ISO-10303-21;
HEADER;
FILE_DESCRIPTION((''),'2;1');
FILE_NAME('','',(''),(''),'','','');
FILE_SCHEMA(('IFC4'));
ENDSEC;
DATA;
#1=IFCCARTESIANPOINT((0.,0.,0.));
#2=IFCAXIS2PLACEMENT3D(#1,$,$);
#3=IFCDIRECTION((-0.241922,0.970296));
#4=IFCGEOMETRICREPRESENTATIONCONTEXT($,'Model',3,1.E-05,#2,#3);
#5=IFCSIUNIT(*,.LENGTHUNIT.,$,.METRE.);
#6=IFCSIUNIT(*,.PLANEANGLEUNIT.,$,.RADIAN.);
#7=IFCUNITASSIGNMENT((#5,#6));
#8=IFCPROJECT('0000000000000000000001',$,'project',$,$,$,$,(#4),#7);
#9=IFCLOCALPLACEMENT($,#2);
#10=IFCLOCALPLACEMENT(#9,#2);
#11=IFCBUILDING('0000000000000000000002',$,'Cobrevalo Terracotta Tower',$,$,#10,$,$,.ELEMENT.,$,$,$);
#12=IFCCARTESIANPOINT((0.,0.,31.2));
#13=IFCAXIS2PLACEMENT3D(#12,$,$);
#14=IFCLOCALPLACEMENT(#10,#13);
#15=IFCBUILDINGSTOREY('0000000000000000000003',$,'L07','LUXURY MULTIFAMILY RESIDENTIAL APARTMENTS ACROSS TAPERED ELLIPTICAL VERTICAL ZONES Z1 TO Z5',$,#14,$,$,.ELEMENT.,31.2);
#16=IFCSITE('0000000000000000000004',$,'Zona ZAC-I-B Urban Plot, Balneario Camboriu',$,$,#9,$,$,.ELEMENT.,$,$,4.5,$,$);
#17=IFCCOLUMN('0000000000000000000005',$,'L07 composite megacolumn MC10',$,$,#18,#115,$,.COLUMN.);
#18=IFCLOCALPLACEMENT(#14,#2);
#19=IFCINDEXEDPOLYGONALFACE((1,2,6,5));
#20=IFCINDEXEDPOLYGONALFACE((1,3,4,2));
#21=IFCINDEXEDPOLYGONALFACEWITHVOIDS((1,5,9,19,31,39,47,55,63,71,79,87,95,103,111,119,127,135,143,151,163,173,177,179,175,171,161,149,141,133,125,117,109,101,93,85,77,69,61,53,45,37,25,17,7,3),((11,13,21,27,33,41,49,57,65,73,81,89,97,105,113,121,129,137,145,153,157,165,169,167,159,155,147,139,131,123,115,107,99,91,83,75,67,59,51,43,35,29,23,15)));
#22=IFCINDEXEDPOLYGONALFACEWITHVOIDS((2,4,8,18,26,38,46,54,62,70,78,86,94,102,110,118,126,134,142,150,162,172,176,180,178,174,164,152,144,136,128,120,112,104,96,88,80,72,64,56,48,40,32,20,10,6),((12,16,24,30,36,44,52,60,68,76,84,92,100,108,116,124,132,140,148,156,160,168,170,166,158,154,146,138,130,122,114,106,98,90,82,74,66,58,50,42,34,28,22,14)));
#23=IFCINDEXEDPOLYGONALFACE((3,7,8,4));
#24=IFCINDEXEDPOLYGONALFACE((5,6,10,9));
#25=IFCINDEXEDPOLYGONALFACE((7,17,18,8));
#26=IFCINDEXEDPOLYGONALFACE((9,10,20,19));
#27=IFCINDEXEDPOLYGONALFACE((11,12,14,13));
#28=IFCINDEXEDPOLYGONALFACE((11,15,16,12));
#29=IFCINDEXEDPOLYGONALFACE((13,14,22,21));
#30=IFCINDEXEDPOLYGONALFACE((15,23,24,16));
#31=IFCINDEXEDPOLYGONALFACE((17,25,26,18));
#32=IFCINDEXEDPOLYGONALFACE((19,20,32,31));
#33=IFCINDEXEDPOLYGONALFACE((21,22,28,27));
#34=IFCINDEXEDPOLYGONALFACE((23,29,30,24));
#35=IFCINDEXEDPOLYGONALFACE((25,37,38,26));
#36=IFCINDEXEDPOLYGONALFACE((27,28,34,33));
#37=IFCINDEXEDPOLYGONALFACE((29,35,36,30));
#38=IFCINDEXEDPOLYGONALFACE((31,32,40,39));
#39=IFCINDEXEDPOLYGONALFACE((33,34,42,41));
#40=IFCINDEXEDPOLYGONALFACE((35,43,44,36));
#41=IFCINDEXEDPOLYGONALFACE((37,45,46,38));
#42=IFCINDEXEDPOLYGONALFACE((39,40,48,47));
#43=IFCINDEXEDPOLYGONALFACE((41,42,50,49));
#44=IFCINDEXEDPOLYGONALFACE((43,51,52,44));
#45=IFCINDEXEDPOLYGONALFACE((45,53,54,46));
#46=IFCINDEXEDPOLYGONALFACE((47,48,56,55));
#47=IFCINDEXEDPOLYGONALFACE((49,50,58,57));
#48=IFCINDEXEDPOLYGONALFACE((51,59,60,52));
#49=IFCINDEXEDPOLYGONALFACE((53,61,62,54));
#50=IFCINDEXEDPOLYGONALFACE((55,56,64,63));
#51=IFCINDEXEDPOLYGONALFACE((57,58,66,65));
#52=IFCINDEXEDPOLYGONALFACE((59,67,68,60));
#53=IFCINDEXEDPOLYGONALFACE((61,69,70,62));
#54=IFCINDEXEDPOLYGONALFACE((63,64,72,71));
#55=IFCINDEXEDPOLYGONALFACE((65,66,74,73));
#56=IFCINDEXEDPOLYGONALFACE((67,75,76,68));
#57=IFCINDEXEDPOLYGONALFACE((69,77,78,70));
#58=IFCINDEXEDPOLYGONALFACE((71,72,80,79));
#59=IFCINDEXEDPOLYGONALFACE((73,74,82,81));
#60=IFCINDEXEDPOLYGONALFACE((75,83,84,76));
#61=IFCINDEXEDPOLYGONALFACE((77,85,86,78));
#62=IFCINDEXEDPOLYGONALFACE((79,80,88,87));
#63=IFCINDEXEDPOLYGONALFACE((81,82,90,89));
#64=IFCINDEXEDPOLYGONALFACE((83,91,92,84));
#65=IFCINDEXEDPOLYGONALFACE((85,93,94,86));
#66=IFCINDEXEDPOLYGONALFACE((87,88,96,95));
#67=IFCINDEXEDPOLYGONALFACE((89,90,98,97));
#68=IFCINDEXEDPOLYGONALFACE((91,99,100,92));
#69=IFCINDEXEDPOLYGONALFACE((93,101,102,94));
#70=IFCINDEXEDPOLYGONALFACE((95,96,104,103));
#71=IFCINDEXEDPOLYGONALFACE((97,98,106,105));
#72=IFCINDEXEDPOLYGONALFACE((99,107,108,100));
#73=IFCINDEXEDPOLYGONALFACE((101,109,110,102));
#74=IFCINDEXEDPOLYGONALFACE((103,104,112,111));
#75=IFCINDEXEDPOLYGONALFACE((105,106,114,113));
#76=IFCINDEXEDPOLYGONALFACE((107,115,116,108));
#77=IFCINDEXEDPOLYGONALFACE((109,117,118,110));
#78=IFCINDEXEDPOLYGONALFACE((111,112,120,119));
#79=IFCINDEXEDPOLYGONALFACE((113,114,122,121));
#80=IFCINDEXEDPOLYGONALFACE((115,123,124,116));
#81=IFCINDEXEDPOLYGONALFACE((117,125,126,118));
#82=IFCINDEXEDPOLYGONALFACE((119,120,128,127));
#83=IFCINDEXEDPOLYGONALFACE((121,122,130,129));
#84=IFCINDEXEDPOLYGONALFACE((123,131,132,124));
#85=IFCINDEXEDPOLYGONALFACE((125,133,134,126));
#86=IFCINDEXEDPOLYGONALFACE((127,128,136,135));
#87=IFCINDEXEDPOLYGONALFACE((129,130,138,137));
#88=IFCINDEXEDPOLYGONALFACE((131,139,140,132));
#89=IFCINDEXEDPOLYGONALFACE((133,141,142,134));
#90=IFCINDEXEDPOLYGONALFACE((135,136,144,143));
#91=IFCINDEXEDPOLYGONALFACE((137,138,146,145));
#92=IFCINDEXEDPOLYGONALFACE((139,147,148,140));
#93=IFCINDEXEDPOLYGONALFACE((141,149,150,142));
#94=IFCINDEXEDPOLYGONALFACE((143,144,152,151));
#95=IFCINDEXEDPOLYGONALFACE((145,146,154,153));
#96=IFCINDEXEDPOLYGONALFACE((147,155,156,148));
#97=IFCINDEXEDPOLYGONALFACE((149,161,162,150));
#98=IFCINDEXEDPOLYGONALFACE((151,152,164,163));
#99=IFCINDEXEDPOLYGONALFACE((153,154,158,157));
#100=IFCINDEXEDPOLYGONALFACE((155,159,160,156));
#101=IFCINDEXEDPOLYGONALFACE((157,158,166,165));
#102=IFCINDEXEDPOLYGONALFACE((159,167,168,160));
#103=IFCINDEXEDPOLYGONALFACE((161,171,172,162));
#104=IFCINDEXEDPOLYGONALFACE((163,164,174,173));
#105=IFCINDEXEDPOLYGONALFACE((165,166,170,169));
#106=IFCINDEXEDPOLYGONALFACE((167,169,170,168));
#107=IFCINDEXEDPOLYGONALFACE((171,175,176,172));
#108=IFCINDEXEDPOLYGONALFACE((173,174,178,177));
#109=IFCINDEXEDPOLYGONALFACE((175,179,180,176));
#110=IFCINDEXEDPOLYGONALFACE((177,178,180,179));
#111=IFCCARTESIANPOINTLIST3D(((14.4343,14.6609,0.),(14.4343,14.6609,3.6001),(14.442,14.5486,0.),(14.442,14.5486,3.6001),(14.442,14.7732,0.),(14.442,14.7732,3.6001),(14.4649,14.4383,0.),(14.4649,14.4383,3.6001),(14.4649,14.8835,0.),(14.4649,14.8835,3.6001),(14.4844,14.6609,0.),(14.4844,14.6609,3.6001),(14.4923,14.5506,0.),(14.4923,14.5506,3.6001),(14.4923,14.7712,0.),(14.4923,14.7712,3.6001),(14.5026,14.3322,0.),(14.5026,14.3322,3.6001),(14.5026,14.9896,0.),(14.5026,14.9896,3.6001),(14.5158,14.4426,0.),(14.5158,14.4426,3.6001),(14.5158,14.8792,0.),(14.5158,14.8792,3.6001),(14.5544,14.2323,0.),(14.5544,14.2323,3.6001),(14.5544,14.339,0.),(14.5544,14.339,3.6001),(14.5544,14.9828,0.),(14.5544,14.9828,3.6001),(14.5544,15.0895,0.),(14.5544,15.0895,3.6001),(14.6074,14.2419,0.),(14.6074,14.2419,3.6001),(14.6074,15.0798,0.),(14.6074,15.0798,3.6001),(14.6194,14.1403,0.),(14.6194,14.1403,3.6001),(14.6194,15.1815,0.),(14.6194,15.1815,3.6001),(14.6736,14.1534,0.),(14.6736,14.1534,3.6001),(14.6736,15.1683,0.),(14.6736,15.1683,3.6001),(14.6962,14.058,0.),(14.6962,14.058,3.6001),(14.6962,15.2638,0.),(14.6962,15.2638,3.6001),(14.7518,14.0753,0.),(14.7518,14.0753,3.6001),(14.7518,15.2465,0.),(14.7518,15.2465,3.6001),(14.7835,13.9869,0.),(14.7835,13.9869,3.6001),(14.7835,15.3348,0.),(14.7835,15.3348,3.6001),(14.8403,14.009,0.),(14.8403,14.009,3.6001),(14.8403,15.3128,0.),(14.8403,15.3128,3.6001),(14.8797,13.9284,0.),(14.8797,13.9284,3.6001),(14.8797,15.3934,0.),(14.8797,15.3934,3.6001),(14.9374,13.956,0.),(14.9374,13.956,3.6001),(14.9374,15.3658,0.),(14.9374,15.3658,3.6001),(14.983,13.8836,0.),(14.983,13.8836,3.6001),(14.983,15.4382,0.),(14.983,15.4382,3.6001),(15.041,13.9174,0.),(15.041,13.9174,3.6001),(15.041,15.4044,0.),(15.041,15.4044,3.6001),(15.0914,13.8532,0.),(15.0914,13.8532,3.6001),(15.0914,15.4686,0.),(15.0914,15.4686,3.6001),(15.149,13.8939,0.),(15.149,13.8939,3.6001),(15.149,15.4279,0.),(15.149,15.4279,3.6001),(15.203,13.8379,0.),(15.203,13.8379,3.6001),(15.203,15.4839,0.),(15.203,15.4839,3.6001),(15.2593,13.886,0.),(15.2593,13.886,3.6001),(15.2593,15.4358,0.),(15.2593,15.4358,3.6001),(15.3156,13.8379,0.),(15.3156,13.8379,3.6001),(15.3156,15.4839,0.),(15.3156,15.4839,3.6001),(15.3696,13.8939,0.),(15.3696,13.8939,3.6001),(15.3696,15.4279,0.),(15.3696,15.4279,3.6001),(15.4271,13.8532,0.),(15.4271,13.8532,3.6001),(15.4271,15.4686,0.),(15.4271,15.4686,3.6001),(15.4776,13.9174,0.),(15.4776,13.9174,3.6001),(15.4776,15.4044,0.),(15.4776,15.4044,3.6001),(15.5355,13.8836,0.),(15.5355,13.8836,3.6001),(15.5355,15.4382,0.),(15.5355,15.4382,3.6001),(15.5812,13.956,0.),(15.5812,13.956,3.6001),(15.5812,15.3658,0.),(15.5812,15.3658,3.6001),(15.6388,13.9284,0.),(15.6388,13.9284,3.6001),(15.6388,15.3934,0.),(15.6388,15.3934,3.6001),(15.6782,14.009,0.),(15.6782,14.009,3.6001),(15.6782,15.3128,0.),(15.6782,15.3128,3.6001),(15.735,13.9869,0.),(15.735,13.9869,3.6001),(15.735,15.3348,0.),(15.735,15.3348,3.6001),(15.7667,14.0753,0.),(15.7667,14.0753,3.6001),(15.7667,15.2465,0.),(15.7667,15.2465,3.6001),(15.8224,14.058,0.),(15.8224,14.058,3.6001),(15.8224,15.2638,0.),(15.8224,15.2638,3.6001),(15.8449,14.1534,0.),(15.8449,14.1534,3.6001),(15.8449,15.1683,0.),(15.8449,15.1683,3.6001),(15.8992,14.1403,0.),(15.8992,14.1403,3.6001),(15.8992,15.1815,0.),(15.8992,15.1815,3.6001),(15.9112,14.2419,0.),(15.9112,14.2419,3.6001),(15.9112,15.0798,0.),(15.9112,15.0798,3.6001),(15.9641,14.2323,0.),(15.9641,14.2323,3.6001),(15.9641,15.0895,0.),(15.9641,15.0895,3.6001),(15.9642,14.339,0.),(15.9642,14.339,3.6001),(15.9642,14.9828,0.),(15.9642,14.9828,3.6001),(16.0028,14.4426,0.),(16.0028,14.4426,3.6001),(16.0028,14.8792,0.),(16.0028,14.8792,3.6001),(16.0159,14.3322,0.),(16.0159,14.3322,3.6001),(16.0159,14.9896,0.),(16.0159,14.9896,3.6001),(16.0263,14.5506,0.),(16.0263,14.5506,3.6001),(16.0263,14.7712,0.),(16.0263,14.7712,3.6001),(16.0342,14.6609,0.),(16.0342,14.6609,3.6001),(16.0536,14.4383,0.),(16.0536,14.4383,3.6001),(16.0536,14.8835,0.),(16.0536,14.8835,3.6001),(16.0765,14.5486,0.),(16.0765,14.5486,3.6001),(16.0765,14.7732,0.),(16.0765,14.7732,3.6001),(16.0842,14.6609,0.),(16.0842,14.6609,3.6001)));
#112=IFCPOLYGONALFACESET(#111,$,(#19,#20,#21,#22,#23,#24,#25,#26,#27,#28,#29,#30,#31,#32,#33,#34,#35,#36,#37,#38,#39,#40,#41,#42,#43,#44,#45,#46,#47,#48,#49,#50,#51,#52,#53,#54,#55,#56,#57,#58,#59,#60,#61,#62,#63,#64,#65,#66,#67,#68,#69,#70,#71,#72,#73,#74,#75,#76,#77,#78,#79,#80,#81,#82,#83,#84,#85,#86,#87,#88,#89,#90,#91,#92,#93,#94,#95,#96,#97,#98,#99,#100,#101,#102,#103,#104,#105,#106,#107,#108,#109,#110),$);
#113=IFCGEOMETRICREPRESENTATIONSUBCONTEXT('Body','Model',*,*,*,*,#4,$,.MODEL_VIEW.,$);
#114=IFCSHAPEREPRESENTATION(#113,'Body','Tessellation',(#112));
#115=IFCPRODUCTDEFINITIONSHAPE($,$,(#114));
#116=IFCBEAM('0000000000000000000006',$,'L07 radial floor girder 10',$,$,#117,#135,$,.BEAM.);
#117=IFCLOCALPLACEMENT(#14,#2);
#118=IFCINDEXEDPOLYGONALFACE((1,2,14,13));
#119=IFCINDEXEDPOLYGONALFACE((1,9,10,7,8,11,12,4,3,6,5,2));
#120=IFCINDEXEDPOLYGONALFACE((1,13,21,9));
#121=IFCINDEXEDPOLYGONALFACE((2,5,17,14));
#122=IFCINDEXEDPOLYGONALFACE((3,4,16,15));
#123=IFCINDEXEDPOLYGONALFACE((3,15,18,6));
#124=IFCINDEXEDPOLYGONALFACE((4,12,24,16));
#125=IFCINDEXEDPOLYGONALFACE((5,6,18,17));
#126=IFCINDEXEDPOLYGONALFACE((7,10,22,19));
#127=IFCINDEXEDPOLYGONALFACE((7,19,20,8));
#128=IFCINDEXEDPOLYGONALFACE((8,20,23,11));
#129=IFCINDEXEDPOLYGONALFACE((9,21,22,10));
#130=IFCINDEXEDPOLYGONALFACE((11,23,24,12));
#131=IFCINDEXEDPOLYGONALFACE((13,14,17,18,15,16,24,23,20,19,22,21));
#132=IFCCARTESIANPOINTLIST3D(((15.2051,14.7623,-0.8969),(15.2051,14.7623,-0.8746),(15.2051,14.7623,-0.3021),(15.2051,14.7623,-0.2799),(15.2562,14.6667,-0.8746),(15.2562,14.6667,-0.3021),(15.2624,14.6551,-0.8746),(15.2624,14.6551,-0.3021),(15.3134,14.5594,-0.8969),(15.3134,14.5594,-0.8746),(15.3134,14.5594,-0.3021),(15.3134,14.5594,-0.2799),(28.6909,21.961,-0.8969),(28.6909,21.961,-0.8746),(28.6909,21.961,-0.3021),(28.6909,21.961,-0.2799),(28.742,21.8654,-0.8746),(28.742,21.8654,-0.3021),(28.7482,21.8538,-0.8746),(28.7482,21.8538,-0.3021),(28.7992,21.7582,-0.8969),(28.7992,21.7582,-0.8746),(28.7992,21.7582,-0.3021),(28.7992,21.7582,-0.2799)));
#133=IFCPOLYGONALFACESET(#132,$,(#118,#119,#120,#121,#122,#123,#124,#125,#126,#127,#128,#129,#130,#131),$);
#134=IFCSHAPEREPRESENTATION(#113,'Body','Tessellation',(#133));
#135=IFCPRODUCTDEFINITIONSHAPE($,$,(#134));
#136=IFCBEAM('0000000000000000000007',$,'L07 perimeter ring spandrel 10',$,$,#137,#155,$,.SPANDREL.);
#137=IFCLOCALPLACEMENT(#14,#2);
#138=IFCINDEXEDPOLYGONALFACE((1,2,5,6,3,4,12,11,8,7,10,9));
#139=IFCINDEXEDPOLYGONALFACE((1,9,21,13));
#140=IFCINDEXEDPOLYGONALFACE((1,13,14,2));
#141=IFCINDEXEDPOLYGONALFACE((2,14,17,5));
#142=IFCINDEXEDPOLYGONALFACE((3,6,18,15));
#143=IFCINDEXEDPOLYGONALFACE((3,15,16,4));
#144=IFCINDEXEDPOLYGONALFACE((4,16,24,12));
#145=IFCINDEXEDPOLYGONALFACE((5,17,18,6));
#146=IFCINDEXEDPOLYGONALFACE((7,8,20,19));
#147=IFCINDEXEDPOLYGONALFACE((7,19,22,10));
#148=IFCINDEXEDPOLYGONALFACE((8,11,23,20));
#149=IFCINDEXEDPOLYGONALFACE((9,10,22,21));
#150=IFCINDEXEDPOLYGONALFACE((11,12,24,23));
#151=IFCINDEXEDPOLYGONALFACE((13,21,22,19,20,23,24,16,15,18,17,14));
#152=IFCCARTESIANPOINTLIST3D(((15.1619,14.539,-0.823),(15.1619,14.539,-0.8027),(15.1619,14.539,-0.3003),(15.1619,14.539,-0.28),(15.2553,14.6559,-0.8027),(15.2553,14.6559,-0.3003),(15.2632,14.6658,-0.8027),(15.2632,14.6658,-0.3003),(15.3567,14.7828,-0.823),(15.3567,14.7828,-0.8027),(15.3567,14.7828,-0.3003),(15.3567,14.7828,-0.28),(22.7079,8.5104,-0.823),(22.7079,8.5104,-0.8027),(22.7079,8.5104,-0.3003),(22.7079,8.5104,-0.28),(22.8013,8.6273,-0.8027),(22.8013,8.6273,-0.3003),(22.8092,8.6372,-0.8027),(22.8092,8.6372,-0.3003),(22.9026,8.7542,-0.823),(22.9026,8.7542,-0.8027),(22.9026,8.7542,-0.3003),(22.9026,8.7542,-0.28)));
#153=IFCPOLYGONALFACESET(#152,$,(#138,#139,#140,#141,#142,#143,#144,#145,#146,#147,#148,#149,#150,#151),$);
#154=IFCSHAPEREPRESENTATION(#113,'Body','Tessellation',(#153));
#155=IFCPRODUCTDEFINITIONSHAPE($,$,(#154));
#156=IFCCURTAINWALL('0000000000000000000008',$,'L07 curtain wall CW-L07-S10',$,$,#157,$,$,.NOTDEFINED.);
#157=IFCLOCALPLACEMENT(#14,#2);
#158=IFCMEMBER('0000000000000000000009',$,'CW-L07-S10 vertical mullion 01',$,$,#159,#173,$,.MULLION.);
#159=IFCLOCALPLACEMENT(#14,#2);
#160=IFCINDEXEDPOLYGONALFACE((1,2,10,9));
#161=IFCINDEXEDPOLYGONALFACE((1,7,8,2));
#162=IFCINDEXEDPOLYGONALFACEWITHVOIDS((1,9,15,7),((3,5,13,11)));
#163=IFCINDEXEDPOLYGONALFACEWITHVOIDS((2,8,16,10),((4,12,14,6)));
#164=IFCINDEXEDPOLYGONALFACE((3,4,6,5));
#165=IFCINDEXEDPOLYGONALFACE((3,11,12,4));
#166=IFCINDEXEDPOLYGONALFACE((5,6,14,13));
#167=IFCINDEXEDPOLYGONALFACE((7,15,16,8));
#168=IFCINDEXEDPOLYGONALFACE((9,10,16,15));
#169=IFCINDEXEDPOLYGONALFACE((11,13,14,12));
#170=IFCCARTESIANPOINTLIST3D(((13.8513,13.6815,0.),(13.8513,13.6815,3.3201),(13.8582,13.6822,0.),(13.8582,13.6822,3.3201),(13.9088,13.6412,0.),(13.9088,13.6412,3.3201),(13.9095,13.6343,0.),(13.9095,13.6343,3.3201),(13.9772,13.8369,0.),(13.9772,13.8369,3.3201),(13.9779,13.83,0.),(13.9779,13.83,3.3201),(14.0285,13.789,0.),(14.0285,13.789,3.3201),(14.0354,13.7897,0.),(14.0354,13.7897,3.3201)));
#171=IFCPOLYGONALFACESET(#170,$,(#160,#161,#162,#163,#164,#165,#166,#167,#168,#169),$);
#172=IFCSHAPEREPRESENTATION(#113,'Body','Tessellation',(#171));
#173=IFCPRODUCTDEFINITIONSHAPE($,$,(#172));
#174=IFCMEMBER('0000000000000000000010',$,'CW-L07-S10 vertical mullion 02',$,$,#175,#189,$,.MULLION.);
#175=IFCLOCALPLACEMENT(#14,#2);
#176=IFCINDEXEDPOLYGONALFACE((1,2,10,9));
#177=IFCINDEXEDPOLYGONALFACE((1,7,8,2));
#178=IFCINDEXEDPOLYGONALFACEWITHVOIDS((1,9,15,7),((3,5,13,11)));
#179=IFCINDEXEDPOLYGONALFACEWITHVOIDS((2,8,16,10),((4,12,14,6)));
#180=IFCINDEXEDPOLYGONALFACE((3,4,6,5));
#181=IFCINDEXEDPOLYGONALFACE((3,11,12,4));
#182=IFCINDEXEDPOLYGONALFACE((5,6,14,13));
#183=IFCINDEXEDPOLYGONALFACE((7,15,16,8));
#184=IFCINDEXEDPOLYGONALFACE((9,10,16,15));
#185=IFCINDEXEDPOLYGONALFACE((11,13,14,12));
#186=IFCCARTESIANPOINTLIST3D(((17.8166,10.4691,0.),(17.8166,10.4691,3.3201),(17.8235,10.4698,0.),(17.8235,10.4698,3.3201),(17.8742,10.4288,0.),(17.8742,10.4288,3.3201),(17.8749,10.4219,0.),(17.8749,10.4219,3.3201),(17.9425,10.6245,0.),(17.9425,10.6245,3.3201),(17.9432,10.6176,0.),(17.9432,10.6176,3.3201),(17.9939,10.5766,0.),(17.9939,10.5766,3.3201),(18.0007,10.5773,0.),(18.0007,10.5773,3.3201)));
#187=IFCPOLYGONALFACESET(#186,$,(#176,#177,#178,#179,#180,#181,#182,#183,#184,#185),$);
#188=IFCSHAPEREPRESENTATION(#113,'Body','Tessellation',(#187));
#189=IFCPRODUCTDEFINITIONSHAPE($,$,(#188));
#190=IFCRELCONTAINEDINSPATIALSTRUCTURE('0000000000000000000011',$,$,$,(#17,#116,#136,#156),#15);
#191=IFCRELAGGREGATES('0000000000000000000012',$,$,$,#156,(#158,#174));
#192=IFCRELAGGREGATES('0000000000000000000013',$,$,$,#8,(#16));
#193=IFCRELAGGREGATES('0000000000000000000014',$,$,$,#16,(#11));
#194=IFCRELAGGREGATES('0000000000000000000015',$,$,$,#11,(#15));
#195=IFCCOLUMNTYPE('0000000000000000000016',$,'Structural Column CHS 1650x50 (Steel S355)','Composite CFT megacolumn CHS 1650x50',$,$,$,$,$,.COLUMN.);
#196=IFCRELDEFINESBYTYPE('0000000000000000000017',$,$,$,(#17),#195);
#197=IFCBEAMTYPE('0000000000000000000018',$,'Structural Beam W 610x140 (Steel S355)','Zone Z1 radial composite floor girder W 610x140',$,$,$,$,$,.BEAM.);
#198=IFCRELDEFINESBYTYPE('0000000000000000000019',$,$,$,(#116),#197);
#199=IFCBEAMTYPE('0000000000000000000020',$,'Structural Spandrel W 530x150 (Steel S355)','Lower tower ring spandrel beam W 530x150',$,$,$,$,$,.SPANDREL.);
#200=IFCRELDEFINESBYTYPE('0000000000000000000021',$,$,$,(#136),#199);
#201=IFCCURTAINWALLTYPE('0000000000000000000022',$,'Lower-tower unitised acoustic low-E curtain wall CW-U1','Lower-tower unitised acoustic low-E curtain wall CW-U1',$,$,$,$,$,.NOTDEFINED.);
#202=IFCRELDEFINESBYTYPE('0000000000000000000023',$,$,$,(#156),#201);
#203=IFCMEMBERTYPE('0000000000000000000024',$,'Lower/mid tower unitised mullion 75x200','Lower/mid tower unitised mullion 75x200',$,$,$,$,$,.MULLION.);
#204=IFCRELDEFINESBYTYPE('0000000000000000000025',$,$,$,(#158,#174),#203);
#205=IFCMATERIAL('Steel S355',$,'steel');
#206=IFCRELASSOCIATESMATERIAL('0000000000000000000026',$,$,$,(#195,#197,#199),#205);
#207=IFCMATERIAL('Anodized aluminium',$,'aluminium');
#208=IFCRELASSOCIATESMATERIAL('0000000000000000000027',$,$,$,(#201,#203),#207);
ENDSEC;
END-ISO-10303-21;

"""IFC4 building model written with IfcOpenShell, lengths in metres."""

from ifc_helpers import new_model, si_unit, direction, frame, origin, origin_2d, place, context, subcontext, project, spatial, hollow_rectangle, hollow_circle, i_section, extrude, source, transform, mapped, material, material_profile, profile_set, type_object, element, aggregate, save


model = new_model("IFC4")

# Units and contexts
model_context = context("Model", 3, precision=1e-05, world=origin(), true_north=direction((-0.241922, 0.970296)))
body_context = subcontext(model_context, "Body", "Model", "MODEL_VIEW")
ifc_project = project(units=[si_unit("LENGTHUNIT", "METRE"), si_unit("PLANEANGLEUNIT", "RADIAN")], contexts=[model_context])

# Site, building, storey
site_placement = place(None, origin())
site = spatial("IfcSite", under=ifc_project, at=site_placement, Name="Zona ZAC-I-B Urban Plot, Balneario Camboriu", CompositionType="ELEMENT", RefElevation=4.5)
building_placement = place(site_placement, origin())
building = spatial("IfcBuilding", under=site, at=building_placement, Name="Cobrevalo Terracotta Tower", CompositionType="ELEMENT")
storey_placement = place(building_placement, frame((0.0, 0.0, 31.2)))
storey = spatial("IfcBuildingStorey", under=building, at=storey_placement, Name="L07", Description="LUXURY MULTIFAMILY RESIDENTIAL APARTMENTS ACROSS TAPERED ELLIPTICAL VERTICAL ZONES Z1 TO Z5", CompositionType="ELEMENT", Elevation=31.2)

# Column
ifc_material_1 = material(Name="Steel S355", Category="steel")
ifc_material_profile_1 = material_profile(ifc_material_1, hollow_circle(Radius=0.825, WallThickness=0.05, at=origin_2d()), Name="CHS 1650x50")
ifc_profile_set_1 = profile_set([ifc_material_profile_1], Name="Steel S355")
column_type = type_object("IfcColumnType", Name="Structural Column CHS 1650x50 (Steel S355)", Description="Composite CFT megacolumn CHS 1650x50", PredefinedType="COLUMN", material=ifc_profile_set_1)
column_placement = place(storey_placement, frame((15.2593, 14.6609, 0.0), z_axis=(0.0, 0.0, 1.0), x_axis=(1.0, 0.0, 0.0)))
element("IfcColumn", 1, at=column_placement, inside=storey, type_object=column_type, Name="L07 composite megacolumn MC10", PredefinedType="COLUMN", context=body_context, shape_type="SweptSolid", body=[
    extrude(hollow_circle(Radius=0.825, WallThickness=0.05, at=origin_2d()), origin(), (0.0, 0.0, 1.0), 3.6001),
])

# Beams
ifc_material_profile_2 = material_profile(ifc_material_1, i_section(OverallWidth=0.23, OverallDepth=0.6169, WebThickness=0.0132, FlangeThickness=0.0222, at=origin_2d()), Name="W 610x140")
ifc_profile_set_2 = profile_set([ifc_material_profile_2], Name="Steel S355")
beam_type_1 = type_object("IfcBeamType", Name="Structural Beam W 610x140 (Steel S355)", Description="Zone Z1 radial composite floor girder W 610x140", PredefinedType="BEAM", material=ifc_profile_set_2)
beam_1_placement = place(storey_placement, frame((15.2593, 14.6609, -0.5884), z_axis=(0.882182, 0.470908, 0.0), x_axis=(-0.470908, 0.882182, 0.0)))
element("IfcBeam", 2, at=beam_1_placement, inside=storey, type_object=beam_type_1, Name="L07 radial floor girder 10", PredefinedType="BEAM", context=body_context, shape_type="SweptSolid", body=[
    extrude(i_section(OverallWidth=0.23, OverallDepth=0.6169, WebThickness=0.0132, FlangeThickness=0.0222, at=origin_2d()), origin(), (0.0, 0.0, 1.0), 15.2869),
])
ifc_material_profile_3 = material_profile(ifc_material_1, i_section(OverallWidth=0.312, OverallDepth=0.543, WebThickness=0.0127, FlangeThickness=0.0203, at=origin_2d()), Name="W 530x150")
ifc_profile_set_3 = profile_set([ifc_material_profile_3], Name="Steel S355")
beam_type_2 = type_object("IfcBeamType", Name="Structural Spandrel W 530x150 (Steel S355)", Description="Lower tower ring spandrel beam W 530x150", PredefinedType="SPANDREL", material=ifc_profile_set_3)
beam_2_placement = place(storey_placement, frame((15.2593, 14.6609, -0.5515), z_axis=(0.78128, -0.62418, 0.0), x_axis=(0.62418, 0.78128, 0.0)))
element("IfcBeam", 3, at=beam_2_placement, inside=storey, type_object=beam_type_2, Name="L07 perimeter ring spandrel 10", PredefinedType="SPANDREL", context=body_context, shape_type="SweptSolid", body=[
    extrude(i_section(OverallWidth=0.312, OverallDepth=0.543, WebThickness=0.0127, FlangeThickness=0.0203, at=origin_2d()), origin(), (0.0, 0.0, 1.0), 9.6584),
])

# Curtain wall, members
ifc_material_2 = material(Name="Anodized aluminium", Category="aluminium")
curtain_wall_type = type_object("IfcCurtainWallType", Name="Lower-tower unitised acoustic low-E curtain wall CW-U1", Description="Lower-tower unitised acoustic low-E curtain wall CW-U1", PredefinedType="NOTDEFINED", material=ifc_material_2)
curtain_wall_1_placement = place(storey_placement, origin())
curtain_wall_1 = element("IfcCurtainWall", 4, at=curtain_wall_1_placement, inside=storey, type_object=curtain_wall_type, Name="L07 curtain wall CW-L07-S10", PredefinedType="NOTDEFINED")
ifc_material_profile_4 = material_profile(ifc_material_2, hollow_rectangle(XDim=0.075, YDim=0.2, WallThickness=0.0049, at=origin_2d()), Name="CWM 75x200")
ifc_profile_set_4 = profile_set([ifc_material_profile_4], Name="Anodized aluminium")
member_type_1 = type_object("IfcMemberType", Name="Lower/mid tower unitised mullion 75x200", Description="Lower/mid tower unitised mullion 75x200", PredefinedType="MULLION", material=ifc_profile_set_4)
shared_shape_1 = source(origin(), body_context, "Body", "SweptSolid", [
    extrude(hollow_rectangle(XDim=0.075, YDim=0.2, WallThickness=0.0049, at=origin_2d()), origin(), (0.0, 0.0, 1.0), 3.3201),
])
member_1_placement = place(storey_placement, frame((13.9434, 13.7356, 0.0), z_axis=(0.0, 0.0, 1.0), x_axis=(0.777003, -0.629497, 0.0)))
member_1 = element("IfcMember", 5, at=member_1_placement, type_object=member_type_1, Name="CW-L07-S10 vertical mullion 01", PredefinedType="MULLION", context=body_context, shape_type="MappedRepresentation", body=[
    mapped(shared_shape_1, transform((0.0, 0.0, 0.0), scale=1.0)),
])
member_2_placement = place(storey_placement, frame((17.9087, 10.5232, 0.0), z_axis=(0.0, 0.0, 1.0), x_axis=(0.777003, -0.629497, 0.0)))
member_2 = element("IfcMember", 6, at=member_2_placement, type_object=member_type_1, Name="CW-L07-S10 vertical mullion 02", PredefinedType="MULLION", context=body_context, shape_type="MappedRepresentation", body=[
    mapped(shared_shape_1, transform((0.0, 0.0, 0.0), scale=1.0)),
])

aggregate(curtain_wall_1, [member_1, member_2])

save(model, "model.ifc")
